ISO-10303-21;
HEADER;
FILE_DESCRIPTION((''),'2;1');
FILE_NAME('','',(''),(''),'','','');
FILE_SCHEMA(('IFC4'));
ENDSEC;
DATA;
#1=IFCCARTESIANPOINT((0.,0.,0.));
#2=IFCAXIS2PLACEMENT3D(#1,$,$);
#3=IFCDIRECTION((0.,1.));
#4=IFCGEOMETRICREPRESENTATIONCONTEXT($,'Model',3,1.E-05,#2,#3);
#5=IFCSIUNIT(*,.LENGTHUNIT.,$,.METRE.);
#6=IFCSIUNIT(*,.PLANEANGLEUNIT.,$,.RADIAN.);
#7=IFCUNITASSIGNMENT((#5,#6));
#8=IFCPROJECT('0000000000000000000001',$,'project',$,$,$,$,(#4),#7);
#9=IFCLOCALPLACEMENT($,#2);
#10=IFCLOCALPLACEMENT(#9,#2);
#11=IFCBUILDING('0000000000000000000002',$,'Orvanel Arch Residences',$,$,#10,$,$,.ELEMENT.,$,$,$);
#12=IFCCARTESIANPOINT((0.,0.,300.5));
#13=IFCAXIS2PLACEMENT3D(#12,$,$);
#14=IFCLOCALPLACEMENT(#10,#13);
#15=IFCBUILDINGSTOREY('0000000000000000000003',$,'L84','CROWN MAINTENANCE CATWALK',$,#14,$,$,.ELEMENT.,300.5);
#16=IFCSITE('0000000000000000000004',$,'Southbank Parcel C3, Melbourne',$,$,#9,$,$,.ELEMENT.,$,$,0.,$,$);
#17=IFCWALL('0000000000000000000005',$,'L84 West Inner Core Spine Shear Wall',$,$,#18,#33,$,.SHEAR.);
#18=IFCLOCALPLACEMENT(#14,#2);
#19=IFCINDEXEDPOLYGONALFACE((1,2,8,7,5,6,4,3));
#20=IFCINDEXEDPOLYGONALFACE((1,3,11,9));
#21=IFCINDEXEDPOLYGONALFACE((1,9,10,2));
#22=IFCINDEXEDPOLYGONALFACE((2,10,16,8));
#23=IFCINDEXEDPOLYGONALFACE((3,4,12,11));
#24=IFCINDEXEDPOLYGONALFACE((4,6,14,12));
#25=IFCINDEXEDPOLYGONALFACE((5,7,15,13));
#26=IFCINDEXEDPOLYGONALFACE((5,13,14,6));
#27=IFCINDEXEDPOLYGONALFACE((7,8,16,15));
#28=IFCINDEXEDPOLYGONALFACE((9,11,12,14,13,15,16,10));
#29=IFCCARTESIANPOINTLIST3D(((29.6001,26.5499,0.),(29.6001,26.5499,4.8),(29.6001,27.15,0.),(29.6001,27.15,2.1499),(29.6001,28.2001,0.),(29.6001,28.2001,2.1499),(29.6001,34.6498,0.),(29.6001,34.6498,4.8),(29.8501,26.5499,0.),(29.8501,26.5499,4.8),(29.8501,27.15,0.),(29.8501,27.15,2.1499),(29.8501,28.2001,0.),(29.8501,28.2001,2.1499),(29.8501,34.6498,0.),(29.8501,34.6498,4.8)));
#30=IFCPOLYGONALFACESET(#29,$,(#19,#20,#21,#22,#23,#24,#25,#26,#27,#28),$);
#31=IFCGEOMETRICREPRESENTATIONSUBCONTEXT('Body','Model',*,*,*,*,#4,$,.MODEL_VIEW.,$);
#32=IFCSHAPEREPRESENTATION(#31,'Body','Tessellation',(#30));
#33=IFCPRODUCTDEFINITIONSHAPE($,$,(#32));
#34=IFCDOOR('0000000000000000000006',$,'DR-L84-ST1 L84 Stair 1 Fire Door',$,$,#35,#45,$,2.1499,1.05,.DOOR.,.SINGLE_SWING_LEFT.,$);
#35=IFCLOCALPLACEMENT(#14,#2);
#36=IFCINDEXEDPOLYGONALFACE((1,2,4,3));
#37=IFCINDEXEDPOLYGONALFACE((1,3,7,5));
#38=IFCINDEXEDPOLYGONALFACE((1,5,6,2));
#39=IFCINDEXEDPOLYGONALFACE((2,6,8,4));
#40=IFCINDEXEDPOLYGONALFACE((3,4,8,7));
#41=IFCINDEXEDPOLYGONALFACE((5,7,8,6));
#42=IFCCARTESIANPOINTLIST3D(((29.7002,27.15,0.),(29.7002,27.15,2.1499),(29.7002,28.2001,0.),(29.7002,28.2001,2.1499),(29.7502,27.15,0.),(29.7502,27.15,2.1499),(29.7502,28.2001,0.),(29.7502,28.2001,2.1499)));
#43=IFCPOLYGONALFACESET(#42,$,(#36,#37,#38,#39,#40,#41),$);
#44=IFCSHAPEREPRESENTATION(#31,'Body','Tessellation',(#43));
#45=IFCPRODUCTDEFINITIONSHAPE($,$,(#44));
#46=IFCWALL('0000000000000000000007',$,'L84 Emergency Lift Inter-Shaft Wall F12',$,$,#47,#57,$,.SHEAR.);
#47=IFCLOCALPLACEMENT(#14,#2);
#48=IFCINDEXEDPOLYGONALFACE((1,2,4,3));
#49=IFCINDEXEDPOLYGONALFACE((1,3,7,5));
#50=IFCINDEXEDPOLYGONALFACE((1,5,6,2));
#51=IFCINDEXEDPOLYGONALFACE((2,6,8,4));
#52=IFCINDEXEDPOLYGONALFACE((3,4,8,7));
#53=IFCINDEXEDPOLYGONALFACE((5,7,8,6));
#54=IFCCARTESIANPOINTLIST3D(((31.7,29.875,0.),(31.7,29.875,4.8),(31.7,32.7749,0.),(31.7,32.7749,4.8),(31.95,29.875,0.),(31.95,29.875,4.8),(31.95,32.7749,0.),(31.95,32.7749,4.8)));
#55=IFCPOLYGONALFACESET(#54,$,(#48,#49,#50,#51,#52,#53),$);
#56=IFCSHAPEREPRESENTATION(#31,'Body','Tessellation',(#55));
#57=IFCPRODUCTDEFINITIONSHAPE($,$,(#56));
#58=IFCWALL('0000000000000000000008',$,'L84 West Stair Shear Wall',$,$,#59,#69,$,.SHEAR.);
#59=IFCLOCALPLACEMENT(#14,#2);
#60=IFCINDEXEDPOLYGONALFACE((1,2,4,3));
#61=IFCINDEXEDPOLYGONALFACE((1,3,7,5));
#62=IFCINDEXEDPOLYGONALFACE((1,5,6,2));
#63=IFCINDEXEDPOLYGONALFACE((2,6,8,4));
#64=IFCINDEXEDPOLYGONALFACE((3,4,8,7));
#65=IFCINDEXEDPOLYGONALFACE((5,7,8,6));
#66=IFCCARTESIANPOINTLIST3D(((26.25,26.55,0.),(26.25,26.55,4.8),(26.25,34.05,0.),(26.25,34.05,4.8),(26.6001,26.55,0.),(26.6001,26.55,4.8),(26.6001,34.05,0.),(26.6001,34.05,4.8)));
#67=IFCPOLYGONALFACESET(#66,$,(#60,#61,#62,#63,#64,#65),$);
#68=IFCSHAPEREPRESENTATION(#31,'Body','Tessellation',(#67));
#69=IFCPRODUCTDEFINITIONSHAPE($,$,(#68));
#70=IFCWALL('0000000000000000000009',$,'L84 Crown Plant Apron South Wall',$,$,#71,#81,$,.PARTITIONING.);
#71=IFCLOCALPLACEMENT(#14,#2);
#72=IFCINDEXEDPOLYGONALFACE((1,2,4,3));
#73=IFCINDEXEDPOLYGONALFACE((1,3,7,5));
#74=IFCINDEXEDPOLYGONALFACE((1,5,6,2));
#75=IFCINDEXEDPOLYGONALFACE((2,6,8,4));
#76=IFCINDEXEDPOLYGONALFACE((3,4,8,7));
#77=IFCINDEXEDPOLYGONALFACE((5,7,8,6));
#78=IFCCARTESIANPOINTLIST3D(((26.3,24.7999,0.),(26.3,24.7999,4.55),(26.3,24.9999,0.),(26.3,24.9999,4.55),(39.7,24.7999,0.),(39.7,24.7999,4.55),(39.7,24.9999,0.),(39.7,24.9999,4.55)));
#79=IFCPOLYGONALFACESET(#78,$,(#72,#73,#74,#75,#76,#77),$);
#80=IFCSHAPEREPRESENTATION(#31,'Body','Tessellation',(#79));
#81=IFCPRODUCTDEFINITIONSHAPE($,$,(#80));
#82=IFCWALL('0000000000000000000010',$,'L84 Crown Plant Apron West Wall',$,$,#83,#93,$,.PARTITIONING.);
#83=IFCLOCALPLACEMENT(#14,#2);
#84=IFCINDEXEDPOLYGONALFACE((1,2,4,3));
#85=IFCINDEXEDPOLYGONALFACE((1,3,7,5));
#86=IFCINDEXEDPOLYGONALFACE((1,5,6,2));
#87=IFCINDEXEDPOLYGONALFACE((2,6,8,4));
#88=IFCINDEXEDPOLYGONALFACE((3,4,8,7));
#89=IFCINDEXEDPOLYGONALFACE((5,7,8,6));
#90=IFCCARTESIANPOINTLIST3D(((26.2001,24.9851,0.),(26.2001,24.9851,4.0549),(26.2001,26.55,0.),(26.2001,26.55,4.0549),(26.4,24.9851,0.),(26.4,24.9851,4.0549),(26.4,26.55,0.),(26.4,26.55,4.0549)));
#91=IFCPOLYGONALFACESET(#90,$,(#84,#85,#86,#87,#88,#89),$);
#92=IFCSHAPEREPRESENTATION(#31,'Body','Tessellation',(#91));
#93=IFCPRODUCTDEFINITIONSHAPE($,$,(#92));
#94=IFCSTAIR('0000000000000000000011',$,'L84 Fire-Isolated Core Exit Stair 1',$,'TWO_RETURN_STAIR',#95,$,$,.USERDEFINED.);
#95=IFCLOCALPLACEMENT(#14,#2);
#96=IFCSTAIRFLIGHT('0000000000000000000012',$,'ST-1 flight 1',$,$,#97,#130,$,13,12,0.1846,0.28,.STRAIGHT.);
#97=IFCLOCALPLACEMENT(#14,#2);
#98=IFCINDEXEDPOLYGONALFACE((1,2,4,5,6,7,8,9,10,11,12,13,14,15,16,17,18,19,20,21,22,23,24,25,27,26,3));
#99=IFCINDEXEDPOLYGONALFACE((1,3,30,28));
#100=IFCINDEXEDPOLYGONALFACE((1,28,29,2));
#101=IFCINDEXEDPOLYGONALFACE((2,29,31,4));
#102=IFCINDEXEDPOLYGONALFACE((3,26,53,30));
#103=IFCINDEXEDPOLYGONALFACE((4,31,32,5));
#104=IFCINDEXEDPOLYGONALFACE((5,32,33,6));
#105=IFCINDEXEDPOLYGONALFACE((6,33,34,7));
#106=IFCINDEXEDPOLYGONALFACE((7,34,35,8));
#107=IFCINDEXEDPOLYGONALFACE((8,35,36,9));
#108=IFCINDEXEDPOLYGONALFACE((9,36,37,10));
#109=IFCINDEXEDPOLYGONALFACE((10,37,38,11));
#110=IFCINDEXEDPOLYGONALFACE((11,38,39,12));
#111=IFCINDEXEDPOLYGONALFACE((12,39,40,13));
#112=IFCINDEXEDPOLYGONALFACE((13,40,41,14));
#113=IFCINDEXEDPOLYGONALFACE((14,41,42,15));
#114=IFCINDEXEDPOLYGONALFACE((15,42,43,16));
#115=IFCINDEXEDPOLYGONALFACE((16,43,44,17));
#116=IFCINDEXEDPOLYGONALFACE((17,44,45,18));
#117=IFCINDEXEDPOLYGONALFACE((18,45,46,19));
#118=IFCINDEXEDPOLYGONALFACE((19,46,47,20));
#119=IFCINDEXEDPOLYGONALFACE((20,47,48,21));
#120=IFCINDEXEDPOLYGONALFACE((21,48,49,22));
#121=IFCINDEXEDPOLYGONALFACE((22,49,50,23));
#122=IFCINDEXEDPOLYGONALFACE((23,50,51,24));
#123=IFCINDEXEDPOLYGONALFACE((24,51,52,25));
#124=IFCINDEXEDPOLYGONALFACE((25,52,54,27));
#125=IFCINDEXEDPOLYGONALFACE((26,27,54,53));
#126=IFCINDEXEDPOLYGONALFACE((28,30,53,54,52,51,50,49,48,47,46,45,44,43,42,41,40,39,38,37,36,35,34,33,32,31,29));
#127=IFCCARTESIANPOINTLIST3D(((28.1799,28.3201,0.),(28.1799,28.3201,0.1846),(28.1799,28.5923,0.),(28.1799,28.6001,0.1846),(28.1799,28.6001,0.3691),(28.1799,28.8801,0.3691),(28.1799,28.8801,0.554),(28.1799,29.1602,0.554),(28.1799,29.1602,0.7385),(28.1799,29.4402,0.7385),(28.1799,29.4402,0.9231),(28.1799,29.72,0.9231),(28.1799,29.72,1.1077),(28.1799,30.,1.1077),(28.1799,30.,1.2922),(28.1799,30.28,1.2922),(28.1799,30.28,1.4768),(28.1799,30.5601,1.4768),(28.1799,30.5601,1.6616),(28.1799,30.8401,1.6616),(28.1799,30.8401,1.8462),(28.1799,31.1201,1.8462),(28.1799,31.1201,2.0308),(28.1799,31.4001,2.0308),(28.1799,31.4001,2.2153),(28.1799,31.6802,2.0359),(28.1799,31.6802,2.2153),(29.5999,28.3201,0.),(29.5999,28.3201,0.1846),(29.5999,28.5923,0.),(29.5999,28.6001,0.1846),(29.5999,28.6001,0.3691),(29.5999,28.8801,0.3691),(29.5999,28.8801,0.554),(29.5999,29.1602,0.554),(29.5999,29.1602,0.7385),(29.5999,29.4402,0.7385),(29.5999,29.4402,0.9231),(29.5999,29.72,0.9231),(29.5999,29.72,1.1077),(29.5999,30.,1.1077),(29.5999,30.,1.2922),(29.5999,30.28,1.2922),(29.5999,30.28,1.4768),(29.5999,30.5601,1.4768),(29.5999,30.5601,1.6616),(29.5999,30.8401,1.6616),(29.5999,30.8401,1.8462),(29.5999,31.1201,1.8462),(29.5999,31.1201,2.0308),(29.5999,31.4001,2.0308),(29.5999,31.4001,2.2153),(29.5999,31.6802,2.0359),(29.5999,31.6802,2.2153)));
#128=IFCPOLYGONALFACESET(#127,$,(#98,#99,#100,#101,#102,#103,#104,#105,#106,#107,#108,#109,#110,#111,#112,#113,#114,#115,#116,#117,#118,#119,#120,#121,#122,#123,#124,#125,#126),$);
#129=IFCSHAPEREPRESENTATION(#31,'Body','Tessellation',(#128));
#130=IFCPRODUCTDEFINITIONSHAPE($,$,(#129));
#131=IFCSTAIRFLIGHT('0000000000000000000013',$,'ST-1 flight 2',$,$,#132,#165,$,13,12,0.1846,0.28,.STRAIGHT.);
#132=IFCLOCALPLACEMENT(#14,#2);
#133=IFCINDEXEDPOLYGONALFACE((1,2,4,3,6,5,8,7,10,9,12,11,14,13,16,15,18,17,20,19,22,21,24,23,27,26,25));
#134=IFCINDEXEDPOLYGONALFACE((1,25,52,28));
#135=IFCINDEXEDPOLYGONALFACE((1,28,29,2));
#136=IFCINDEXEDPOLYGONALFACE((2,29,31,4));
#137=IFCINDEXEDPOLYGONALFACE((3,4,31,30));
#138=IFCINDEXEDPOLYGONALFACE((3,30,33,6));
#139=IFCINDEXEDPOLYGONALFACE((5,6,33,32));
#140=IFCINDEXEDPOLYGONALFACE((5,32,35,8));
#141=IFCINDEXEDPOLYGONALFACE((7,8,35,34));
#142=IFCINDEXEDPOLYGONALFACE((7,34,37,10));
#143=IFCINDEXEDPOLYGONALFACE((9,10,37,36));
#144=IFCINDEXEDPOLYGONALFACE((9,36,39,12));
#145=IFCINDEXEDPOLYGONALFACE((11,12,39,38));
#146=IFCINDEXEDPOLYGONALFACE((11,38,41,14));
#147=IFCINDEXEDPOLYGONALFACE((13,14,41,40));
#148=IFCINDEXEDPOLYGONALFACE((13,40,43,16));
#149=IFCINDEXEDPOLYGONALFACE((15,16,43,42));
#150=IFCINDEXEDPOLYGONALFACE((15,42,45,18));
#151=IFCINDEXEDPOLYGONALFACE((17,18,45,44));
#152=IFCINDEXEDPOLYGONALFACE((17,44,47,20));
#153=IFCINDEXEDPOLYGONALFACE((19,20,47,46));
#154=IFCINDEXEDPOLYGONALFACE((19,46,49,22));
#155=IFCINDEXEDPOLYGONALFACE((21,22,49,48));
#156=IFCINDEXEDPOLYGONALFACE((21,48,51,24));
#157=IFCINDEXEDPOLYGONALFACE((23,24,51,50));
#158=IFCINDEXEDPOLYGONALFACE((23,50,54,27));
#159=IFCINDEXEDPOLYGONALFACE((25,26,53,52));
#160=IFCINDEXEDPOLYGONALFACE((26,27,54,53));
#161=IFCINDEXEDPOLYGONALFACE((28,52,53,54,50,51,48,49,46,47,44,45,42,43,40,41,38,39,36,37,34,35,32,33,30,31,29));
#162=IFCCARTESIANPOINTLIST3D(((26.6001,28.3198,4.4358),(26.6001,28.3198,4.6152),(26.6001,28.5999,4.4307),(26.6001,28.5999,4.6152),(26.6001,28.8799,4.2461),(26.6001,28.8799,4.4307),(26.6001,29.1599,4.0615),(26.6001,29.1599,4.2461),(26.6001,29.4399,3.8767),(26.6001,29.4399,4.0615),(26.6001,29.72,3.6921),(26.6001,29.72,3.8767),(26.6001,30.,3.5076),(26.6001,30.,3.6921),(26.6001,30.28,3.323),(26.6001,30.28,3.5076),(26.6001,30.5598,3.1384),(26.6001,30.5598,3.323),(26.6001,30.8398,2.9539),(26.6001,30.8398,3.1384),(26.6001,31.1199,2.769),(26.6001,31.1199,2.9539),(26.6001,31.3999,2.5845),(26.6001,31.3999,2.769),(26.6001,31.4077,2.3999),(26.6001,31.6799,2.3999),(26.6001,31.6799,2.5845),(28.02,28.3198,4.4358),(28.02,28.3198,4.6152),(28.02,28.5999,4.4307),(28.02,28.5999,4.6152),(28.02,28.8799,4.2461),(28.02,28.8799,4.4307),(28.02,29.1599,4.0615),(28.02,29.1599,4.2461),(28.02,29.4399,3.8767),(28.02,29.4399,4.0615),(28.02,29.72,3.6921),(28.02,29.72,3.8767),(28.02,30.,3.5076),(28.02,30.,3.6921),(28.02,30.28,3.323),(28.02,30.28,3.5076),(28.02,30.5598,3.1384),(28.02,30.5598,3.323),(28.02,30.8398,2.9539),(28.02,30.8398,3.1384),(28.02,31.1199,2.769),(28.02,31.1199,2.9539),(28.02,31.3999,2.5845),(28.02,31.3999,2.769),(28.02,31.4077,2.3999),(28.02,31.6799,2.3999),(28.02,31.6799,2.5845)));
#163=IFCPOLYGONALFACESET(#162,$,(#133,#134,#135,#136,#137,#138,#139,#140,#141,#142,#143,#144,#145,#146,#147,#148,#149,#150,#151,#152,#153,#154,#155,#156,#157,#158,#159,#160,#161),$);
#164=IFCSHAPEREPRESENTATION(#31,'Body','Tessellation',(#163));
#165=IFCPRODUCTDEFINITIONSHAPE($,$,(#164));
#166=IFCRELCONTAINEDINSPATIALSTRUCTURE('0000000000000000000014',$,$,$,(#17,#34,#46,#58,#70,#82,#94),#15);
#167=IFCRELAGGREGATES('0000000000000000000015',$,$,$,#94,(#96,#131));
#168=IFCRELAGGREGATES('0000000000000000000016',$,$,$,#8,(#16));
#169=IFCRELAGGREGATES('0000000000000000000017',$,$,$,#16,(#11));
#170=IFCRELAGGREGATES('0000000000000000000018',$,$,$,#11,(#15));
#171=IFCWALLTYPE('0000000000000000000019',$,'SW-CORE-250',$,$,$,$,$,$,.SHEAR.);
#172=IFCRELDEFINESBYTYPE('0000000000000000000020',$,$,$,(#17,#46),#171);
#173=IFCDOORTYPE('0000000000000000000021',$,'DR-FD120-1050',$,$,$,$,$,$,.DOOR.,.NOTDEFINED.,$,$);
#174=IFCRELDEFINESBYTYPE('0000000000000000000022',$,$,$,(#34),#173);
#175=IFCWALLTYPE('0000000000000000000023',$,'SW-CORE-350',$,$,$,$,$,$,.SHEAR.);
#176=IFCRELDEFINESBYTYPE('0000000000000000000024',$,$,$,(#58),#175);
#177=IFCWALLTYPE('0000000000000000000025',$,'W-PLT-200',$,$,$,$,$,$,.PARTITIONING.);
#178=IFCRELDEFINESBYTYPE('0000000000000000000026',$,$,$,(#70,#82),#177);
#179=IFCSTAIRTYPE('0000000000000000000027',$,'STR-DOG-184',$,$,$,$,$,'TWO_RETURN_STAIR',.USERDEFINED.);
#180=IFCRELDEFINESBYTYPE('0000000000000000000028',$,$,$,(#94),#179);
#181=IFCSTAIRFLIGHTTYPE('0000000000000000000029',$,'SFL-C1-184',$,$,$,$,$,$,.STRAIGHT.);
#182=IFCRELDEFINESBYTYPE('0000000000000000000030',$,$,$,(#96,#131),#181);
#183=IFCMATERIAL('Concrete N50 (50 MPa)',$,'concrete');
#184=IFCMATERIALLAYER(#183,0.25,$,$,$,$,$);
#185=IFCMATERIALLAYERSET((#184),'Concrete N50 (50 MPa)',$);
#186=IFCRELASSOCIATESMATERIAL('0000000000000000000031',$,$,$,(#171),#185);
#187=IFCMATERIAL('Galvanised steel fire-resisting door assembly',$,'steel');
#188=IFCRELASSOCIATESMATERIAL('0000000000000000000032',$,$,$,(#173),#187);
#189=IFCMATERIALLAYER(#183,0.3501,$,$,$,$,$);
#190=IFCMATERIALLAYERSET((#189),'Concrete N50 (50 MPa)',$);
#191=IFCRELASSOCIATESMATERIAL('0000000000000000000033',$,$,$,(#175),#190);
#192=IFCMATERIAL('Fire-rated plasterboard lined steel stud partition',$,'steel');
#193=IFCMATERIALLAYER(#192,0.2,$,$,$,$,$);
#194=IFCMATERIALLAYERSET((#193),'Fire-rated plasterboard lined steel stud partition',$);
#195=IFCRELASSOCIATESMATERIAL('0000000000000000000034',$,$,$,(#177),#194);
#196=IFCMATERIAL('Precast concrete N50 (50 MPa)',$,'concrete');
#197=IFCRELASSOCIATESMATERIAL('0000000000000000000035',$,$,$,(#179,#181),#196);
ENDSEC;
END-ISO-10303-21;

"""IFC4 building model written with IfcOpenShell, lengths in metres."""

from ifc_helpers import new_model, si_unit, direction, frame, frame_2d, origin, place, context, subcontext, project, spatial, polyline, rectangle, outline, extrude, material, layer, layer_set, type_object, element, fill, aggregate, save


model = new_model("IFC4")

# Units and contexts
model_context = context("Model", 3, precision=1e-05, world=origin(), true_north=direction((0.0, 1.0)))
body_context = subcontext(model_context, "Body", "Model", "MODEL_VIEW")
ifc_project = project(units=[si_unit("LENGTHUNIT", "METRE"), si_unit("PLANEANGLEUNIT", "RADIAN")], contexts=[model_context])

# Site, building, storey
site_placement = place(None, origin())
site = spatial("IfcSite", under=ifc_project, at=site_placement, Name="Southbank Parcel C3, Melbourne", CompositionType="ELEMENT", RefElevation=0.0)
building_placement = place(site_placement, origin())
building = spatial("IfcBuilding", under=site, at=building_placement, Name="Orvanel Arch Residences", CompositionType="ELEMENT")
storey_placement = place(building_placement, frame((0.0, 0.0, 300.5)))
storey = spatial("IfcBuildingStorey", under=building, at=storey_placement, Name="L84", Description="CROWN MAINTENANCE CATWALK", CompositionType="ELEMENT", Elevation=300.5)

# Wall, opening, door
ifc_material_1 = material(Name="Concrete N50 (50 MPa)", Category="concrete")
ifc_layer_1 = layer(ifc_material_1, 0.25)
ifc_layer_set_1 = layer_set([ifc_layer_1], Name="Concrete N50 (50 MPa)")
wall_type_1 = type_object("IfcWallType", Name="SW-CORE-250", PredefinedType="SHEAR", material=ifc_layer_set_1)
wall_1_placement = place(storey_placement, frame((29.7251, 26.55, 0.0), z_axis=(0.0, 0.0, 1.0), x_axis=(0.0, 1.0, 0.0)))
wall_1 = element("IfcWall", 1, at=wall_1_placement, inside=storey, type_object=wall_type_1, Name="L84 West Inner Core Spine Shear Wall", PredefinedType="SHEAR", context=body_context, shape_type="SweptSolid", body=[
    extrude(rectangle(XDim=8.0999, YDim=0.25, at=frame_2d((4.0498, 0.0))), origin(), (0.0, 0.0, 1.0), 4.8),
])
opening_1_placement = place(wall_1_placement, frame((0.6001, 0.0, 0.0)))
opening_1 = element("IfcOpeningElement", 2, at=opening_1_placement, cuts=wall_1, PredefinedType="OPENING", context=body_context, shape_type="SweptSolid", body=[
    extrude(rectangle(XDim=1.05, YDim=2.1499, at=frame_2d((0.5249, 1.075))), frame((0.0, 0.135, 0.0), z_axis=(0.0, -1.0, 0.0), x_axis=(1.0, 0.0, 0.0)), (0.0, 0.0, 1.0), 0.27),
])
ifc_material_2 = material(Name="Galvanised steel fire-resisting door assembly", Category="steel")
door_type_1 = type_object("IfcDoorType", Name="DR-FD120-1050", OperationType="NOTDEFINED", PredefinedType="DOOR", material=ifc_material_2)
door_1_placement = place(opening_1_placement, origin())
door_1 = element("IfcDoor", 3, at=door_1_placement, inside=storey, type_object=door_type_1, Name="DR-L84-ST1 L84 Stair 1 Fire Door", OperationType="SINGLE_SWING_LEFT", OverallHeight=2.1499, OverallWidth=1.05, PredefinedType="DOOR", context=body_context, shape_type="SweptSolid", body=[
    extrude(rectangle(XDim=1.05, YDim=2.1499, at=frame_2d((0.5249, 1.075))), frame((0.0, 0.0249, 0.0), z_axis=(0.0, -1.0, 0.0), x_axis=(1.0, 0.0, 0.0)), (0.0, 0.0, 1.0), 0.05),
])
fill(opening_1, door_1)

# Wall
wall_2_placement = place(storey_placement, frame((31.825, 29.875, 0.0), z_axis=(0.0, 0.0, 1.0), x_axis=(0.0, 1.0, 0.0)))
element("IfcWall", 4, at=wall_2_placement, inside=storey, type_object=wall_type_1, Name="L84 Emergency Lift Inter-Shaft Wall F12", PredefinedType="SHEAR", context=body_context, shape_type="SweptSolid", body=[
    extrude(rectangle(XDim=2.8999, YDim=0.25, at=frame_2d((1.45, 0.0))), origin(), (0.0, 0.0, 1.0), 4.8),
])

# Shared definitions
ifc_layer_2 = layer(ifc_material_1, 0.3501)
ifc_layer_set_2 = layer_set([ifc_layer_2], Name="Concrete N50 (50 MPa)")
wall_type_2 = type_object("IfcWallType", Name="SW-CORE-350", PredefinedType="SHEAR", material=ifc_layer_set_2)

# Walls
wall_3_placement = place(storey_placement, frame((26.425, 26.55, 0.0), z_axis=(0.0, 0.0, 1.0), x_axis=(0.0, 1.0, 0.0)))
element("IfcWall", 5, at=wall_3_placement, inside=storey, type_object=wall_type_2, Name="L84 West Stair Shear Wall", PredefinedType="SHEAR", context=body_context, shape_type="SweptSolid", body=[
    extrude(rectangle(XDim=7.5, YDim=0.3501, at=frame_2d((3.75, 0.0))), origin(), (0.0, 0.0, 1.0), 4.8),
])
ifc_material_3 = material(Name="Fire-rated plasterboard lined steel stud partition", Category="steel")
ifc_layer_3 = layer(ifc_material_3, 0.2)
ifc_layer_set_3 = layer_set([ifc_layer_3], Name="Fire-rated plasterboard lined steel stud partition")
wall_type_3 = type_object("IfcWallType", Name="W-PLT-200", PredefinedType="PARTITIONING", material=ifc_layer_set_3)
wall_4_placement = place(storey_placement, frame((26.3, 24.8999, 0.0), z_axis=(0.0, 0.0, 1.0), x_axis=(1.0, 0.0, 0.0)))
element("IfcWall", 6, at=wall_4_placement, inside=storey, type_object=wall_type_3, Name="L84 Crown Plant Apron South Wall", PredefinedType="PARTITIONING", context=body_context, shape_type="SweptSolid", body=[
    extrude(rectangle(XDim=13.3999, YDim=0.2, at=frame_2d((6.7, 0.0))), origin(), (0.0, 0.0, 1.0), 4.55),
])
wall_5_placement = place(storey_placement, frame((26.3, 24.9851, 0.0), z_axis=(0.0, 0.0, 1.0), x_axis=(0.0, 1.0, 0.0)))
element("IfcWall", 7, at=wall_5_placement, inside=storey, type_object=wall_type_3, Name="L84 Crown Plant Apron West Wall", PredefinedType="PARTITIONING", context=body_context, shape_type="SweptSolid", body=[
    extrude(rectangle(XDim=1.5649, YDim=0.2, at=frame_2d((0.7825, 0.0))), origin(), (0.0, 0.0, 1.0), 4.0549),
])

# Stair, stair flights
ifc_material_4 = material(Name="Precast concrete N50 (50 MPa)", Category="concrete")
stair_type = type_object("IfcStairType", Name="STR-DOG-184", ElementType="TWO_RETURN_STAIR", PredefinedType="USERDEFINED", material=ifc_material_4)
stair_placement = place(storey_placement, origin())
stair = element("IfcStair", 8, at=stair_placement, inside=storey, type_object=stair_type, Name="L84 Fire-Isolated Core Exit Stair 1", ObjectType="TWO_RETURN_STAIR", PredefinedType="USERDEFINED")
stair_flight_type = type_object("IfcStairFlightType", Name="SFL-C1-184", PredefinedType="STRAIGHT", material=ifc_material_4)
stair_flight_1_placement = place(storey_placement, frame((28.8899, 28.3201, 0.0), z_axis=(0.0, 0.0, 1.0), x_axis=(0.0, 1.0, 0.0)))
stair_flight_1 = element("IfcStairFlight", 9, at=stair_flight_1_placement, type_object=stair_flight_type, Name="ST-1 flight 1", NumberOfRisers=13, NumberOfTreads=12, PredefinedType="STRAIGHT", RiserHeight=0.1846, TreadLength=0.28, context=body_context, shape_type="SweptSolid", body=[
    extrude(outline(polyline([(0.0, 0.0), (0.0, 0.1846), (0.28, 0.1846), (0.28, 0.3691), (0.5601, 0.3691), (0.5601, 0.554), (0.8401, 0.554), (0.8401, 0.7385), (1.1201, 0.7385), (1.1201, 0.9231), (1.3999, 0.9231), (1.3999, 1.1077), (1.6799, 1.1077), (1.6799, 1.2922), (1.96, 1.2922), (1.96, 1.4768), (2.24, 1.4768), (2.24, 1.6616), (2.52, 1.6616), (2.52, 1.8462), (2.8, 1.8462), (2.8, 2.0308), (3.0801, 2.0308), (3.0801, 2.2153), (3.3601, 2.2153), (3.3601, 2.3999), (3.3601, 2.0359), (0.2722, 0.0), (0.0, 0.0)])), frame((0.0, 0.71, 0.0), z_axis=(0.0, -1.0, 0.0), x_axis=(1.0, 0.0, 0.0)), (0.0, 0.0, 1.0), 1.4199),
])
stair_flight_2_placement = place(storey_placement, frame((27.3101, 31.6799, 2.3999), z_axis=(0.0, 0.0, 1.0), x_axis=(0.0, -1.0, 0.0)))
stair_flight_2 = element("IfcStairFlight", 10, at=stair_flight_2_placement, type_object=stair_flight_type, Name="ST-1 flight 2", NumberOfRisers=13, NumberOfTreads=12, PredefinedType="STRAIGHT", RiserHeight=0.1846, TreadLength=0.28, context=body_context, shape_type="SweptSolid", body=[
    extrude(outline(polyline([(0.0, 0.0), (0.0, 0.1846), (0.28, 0.1846), (0.28, 0.3691), (0.5601, 0.3691), (0.5601, 0.554), (0.8401, 0.554), (0.8401, 0.7385), (1.1201, 0.7385), (1.1201, 0.9231), (1.3999, 0.9231), (1.3999, 1.1077), (1.6799, 1.1077), (1.6799, 1.2922), (1.96, 1.2922), (1.96, 1.4768), (2.24, 1.4768), (2.24, 1.6616), (2.52, 1.6616), (2.52, 1.8462), (2.8, 1.8462), (2.8, 2.0308), (3.0801, 2.0308), (3.0801, 2.2153), (3.3601, 2.2153), (3.3601, 2.3999), (3.3601, 2.0359), (0.2722, 0.0), (0.0, 0.0)])), frame((0.0, 0.71, 0.0), z_axis=(0.0, -1.0, 0.0), x_axis=(1.0, 0.0, 0.0)), (0.0, 0.0, 1.0), 1.4199),
])
aggregate(stair, [stair_flight_1, stair_flight_2])

save(model, "model.ifc")
